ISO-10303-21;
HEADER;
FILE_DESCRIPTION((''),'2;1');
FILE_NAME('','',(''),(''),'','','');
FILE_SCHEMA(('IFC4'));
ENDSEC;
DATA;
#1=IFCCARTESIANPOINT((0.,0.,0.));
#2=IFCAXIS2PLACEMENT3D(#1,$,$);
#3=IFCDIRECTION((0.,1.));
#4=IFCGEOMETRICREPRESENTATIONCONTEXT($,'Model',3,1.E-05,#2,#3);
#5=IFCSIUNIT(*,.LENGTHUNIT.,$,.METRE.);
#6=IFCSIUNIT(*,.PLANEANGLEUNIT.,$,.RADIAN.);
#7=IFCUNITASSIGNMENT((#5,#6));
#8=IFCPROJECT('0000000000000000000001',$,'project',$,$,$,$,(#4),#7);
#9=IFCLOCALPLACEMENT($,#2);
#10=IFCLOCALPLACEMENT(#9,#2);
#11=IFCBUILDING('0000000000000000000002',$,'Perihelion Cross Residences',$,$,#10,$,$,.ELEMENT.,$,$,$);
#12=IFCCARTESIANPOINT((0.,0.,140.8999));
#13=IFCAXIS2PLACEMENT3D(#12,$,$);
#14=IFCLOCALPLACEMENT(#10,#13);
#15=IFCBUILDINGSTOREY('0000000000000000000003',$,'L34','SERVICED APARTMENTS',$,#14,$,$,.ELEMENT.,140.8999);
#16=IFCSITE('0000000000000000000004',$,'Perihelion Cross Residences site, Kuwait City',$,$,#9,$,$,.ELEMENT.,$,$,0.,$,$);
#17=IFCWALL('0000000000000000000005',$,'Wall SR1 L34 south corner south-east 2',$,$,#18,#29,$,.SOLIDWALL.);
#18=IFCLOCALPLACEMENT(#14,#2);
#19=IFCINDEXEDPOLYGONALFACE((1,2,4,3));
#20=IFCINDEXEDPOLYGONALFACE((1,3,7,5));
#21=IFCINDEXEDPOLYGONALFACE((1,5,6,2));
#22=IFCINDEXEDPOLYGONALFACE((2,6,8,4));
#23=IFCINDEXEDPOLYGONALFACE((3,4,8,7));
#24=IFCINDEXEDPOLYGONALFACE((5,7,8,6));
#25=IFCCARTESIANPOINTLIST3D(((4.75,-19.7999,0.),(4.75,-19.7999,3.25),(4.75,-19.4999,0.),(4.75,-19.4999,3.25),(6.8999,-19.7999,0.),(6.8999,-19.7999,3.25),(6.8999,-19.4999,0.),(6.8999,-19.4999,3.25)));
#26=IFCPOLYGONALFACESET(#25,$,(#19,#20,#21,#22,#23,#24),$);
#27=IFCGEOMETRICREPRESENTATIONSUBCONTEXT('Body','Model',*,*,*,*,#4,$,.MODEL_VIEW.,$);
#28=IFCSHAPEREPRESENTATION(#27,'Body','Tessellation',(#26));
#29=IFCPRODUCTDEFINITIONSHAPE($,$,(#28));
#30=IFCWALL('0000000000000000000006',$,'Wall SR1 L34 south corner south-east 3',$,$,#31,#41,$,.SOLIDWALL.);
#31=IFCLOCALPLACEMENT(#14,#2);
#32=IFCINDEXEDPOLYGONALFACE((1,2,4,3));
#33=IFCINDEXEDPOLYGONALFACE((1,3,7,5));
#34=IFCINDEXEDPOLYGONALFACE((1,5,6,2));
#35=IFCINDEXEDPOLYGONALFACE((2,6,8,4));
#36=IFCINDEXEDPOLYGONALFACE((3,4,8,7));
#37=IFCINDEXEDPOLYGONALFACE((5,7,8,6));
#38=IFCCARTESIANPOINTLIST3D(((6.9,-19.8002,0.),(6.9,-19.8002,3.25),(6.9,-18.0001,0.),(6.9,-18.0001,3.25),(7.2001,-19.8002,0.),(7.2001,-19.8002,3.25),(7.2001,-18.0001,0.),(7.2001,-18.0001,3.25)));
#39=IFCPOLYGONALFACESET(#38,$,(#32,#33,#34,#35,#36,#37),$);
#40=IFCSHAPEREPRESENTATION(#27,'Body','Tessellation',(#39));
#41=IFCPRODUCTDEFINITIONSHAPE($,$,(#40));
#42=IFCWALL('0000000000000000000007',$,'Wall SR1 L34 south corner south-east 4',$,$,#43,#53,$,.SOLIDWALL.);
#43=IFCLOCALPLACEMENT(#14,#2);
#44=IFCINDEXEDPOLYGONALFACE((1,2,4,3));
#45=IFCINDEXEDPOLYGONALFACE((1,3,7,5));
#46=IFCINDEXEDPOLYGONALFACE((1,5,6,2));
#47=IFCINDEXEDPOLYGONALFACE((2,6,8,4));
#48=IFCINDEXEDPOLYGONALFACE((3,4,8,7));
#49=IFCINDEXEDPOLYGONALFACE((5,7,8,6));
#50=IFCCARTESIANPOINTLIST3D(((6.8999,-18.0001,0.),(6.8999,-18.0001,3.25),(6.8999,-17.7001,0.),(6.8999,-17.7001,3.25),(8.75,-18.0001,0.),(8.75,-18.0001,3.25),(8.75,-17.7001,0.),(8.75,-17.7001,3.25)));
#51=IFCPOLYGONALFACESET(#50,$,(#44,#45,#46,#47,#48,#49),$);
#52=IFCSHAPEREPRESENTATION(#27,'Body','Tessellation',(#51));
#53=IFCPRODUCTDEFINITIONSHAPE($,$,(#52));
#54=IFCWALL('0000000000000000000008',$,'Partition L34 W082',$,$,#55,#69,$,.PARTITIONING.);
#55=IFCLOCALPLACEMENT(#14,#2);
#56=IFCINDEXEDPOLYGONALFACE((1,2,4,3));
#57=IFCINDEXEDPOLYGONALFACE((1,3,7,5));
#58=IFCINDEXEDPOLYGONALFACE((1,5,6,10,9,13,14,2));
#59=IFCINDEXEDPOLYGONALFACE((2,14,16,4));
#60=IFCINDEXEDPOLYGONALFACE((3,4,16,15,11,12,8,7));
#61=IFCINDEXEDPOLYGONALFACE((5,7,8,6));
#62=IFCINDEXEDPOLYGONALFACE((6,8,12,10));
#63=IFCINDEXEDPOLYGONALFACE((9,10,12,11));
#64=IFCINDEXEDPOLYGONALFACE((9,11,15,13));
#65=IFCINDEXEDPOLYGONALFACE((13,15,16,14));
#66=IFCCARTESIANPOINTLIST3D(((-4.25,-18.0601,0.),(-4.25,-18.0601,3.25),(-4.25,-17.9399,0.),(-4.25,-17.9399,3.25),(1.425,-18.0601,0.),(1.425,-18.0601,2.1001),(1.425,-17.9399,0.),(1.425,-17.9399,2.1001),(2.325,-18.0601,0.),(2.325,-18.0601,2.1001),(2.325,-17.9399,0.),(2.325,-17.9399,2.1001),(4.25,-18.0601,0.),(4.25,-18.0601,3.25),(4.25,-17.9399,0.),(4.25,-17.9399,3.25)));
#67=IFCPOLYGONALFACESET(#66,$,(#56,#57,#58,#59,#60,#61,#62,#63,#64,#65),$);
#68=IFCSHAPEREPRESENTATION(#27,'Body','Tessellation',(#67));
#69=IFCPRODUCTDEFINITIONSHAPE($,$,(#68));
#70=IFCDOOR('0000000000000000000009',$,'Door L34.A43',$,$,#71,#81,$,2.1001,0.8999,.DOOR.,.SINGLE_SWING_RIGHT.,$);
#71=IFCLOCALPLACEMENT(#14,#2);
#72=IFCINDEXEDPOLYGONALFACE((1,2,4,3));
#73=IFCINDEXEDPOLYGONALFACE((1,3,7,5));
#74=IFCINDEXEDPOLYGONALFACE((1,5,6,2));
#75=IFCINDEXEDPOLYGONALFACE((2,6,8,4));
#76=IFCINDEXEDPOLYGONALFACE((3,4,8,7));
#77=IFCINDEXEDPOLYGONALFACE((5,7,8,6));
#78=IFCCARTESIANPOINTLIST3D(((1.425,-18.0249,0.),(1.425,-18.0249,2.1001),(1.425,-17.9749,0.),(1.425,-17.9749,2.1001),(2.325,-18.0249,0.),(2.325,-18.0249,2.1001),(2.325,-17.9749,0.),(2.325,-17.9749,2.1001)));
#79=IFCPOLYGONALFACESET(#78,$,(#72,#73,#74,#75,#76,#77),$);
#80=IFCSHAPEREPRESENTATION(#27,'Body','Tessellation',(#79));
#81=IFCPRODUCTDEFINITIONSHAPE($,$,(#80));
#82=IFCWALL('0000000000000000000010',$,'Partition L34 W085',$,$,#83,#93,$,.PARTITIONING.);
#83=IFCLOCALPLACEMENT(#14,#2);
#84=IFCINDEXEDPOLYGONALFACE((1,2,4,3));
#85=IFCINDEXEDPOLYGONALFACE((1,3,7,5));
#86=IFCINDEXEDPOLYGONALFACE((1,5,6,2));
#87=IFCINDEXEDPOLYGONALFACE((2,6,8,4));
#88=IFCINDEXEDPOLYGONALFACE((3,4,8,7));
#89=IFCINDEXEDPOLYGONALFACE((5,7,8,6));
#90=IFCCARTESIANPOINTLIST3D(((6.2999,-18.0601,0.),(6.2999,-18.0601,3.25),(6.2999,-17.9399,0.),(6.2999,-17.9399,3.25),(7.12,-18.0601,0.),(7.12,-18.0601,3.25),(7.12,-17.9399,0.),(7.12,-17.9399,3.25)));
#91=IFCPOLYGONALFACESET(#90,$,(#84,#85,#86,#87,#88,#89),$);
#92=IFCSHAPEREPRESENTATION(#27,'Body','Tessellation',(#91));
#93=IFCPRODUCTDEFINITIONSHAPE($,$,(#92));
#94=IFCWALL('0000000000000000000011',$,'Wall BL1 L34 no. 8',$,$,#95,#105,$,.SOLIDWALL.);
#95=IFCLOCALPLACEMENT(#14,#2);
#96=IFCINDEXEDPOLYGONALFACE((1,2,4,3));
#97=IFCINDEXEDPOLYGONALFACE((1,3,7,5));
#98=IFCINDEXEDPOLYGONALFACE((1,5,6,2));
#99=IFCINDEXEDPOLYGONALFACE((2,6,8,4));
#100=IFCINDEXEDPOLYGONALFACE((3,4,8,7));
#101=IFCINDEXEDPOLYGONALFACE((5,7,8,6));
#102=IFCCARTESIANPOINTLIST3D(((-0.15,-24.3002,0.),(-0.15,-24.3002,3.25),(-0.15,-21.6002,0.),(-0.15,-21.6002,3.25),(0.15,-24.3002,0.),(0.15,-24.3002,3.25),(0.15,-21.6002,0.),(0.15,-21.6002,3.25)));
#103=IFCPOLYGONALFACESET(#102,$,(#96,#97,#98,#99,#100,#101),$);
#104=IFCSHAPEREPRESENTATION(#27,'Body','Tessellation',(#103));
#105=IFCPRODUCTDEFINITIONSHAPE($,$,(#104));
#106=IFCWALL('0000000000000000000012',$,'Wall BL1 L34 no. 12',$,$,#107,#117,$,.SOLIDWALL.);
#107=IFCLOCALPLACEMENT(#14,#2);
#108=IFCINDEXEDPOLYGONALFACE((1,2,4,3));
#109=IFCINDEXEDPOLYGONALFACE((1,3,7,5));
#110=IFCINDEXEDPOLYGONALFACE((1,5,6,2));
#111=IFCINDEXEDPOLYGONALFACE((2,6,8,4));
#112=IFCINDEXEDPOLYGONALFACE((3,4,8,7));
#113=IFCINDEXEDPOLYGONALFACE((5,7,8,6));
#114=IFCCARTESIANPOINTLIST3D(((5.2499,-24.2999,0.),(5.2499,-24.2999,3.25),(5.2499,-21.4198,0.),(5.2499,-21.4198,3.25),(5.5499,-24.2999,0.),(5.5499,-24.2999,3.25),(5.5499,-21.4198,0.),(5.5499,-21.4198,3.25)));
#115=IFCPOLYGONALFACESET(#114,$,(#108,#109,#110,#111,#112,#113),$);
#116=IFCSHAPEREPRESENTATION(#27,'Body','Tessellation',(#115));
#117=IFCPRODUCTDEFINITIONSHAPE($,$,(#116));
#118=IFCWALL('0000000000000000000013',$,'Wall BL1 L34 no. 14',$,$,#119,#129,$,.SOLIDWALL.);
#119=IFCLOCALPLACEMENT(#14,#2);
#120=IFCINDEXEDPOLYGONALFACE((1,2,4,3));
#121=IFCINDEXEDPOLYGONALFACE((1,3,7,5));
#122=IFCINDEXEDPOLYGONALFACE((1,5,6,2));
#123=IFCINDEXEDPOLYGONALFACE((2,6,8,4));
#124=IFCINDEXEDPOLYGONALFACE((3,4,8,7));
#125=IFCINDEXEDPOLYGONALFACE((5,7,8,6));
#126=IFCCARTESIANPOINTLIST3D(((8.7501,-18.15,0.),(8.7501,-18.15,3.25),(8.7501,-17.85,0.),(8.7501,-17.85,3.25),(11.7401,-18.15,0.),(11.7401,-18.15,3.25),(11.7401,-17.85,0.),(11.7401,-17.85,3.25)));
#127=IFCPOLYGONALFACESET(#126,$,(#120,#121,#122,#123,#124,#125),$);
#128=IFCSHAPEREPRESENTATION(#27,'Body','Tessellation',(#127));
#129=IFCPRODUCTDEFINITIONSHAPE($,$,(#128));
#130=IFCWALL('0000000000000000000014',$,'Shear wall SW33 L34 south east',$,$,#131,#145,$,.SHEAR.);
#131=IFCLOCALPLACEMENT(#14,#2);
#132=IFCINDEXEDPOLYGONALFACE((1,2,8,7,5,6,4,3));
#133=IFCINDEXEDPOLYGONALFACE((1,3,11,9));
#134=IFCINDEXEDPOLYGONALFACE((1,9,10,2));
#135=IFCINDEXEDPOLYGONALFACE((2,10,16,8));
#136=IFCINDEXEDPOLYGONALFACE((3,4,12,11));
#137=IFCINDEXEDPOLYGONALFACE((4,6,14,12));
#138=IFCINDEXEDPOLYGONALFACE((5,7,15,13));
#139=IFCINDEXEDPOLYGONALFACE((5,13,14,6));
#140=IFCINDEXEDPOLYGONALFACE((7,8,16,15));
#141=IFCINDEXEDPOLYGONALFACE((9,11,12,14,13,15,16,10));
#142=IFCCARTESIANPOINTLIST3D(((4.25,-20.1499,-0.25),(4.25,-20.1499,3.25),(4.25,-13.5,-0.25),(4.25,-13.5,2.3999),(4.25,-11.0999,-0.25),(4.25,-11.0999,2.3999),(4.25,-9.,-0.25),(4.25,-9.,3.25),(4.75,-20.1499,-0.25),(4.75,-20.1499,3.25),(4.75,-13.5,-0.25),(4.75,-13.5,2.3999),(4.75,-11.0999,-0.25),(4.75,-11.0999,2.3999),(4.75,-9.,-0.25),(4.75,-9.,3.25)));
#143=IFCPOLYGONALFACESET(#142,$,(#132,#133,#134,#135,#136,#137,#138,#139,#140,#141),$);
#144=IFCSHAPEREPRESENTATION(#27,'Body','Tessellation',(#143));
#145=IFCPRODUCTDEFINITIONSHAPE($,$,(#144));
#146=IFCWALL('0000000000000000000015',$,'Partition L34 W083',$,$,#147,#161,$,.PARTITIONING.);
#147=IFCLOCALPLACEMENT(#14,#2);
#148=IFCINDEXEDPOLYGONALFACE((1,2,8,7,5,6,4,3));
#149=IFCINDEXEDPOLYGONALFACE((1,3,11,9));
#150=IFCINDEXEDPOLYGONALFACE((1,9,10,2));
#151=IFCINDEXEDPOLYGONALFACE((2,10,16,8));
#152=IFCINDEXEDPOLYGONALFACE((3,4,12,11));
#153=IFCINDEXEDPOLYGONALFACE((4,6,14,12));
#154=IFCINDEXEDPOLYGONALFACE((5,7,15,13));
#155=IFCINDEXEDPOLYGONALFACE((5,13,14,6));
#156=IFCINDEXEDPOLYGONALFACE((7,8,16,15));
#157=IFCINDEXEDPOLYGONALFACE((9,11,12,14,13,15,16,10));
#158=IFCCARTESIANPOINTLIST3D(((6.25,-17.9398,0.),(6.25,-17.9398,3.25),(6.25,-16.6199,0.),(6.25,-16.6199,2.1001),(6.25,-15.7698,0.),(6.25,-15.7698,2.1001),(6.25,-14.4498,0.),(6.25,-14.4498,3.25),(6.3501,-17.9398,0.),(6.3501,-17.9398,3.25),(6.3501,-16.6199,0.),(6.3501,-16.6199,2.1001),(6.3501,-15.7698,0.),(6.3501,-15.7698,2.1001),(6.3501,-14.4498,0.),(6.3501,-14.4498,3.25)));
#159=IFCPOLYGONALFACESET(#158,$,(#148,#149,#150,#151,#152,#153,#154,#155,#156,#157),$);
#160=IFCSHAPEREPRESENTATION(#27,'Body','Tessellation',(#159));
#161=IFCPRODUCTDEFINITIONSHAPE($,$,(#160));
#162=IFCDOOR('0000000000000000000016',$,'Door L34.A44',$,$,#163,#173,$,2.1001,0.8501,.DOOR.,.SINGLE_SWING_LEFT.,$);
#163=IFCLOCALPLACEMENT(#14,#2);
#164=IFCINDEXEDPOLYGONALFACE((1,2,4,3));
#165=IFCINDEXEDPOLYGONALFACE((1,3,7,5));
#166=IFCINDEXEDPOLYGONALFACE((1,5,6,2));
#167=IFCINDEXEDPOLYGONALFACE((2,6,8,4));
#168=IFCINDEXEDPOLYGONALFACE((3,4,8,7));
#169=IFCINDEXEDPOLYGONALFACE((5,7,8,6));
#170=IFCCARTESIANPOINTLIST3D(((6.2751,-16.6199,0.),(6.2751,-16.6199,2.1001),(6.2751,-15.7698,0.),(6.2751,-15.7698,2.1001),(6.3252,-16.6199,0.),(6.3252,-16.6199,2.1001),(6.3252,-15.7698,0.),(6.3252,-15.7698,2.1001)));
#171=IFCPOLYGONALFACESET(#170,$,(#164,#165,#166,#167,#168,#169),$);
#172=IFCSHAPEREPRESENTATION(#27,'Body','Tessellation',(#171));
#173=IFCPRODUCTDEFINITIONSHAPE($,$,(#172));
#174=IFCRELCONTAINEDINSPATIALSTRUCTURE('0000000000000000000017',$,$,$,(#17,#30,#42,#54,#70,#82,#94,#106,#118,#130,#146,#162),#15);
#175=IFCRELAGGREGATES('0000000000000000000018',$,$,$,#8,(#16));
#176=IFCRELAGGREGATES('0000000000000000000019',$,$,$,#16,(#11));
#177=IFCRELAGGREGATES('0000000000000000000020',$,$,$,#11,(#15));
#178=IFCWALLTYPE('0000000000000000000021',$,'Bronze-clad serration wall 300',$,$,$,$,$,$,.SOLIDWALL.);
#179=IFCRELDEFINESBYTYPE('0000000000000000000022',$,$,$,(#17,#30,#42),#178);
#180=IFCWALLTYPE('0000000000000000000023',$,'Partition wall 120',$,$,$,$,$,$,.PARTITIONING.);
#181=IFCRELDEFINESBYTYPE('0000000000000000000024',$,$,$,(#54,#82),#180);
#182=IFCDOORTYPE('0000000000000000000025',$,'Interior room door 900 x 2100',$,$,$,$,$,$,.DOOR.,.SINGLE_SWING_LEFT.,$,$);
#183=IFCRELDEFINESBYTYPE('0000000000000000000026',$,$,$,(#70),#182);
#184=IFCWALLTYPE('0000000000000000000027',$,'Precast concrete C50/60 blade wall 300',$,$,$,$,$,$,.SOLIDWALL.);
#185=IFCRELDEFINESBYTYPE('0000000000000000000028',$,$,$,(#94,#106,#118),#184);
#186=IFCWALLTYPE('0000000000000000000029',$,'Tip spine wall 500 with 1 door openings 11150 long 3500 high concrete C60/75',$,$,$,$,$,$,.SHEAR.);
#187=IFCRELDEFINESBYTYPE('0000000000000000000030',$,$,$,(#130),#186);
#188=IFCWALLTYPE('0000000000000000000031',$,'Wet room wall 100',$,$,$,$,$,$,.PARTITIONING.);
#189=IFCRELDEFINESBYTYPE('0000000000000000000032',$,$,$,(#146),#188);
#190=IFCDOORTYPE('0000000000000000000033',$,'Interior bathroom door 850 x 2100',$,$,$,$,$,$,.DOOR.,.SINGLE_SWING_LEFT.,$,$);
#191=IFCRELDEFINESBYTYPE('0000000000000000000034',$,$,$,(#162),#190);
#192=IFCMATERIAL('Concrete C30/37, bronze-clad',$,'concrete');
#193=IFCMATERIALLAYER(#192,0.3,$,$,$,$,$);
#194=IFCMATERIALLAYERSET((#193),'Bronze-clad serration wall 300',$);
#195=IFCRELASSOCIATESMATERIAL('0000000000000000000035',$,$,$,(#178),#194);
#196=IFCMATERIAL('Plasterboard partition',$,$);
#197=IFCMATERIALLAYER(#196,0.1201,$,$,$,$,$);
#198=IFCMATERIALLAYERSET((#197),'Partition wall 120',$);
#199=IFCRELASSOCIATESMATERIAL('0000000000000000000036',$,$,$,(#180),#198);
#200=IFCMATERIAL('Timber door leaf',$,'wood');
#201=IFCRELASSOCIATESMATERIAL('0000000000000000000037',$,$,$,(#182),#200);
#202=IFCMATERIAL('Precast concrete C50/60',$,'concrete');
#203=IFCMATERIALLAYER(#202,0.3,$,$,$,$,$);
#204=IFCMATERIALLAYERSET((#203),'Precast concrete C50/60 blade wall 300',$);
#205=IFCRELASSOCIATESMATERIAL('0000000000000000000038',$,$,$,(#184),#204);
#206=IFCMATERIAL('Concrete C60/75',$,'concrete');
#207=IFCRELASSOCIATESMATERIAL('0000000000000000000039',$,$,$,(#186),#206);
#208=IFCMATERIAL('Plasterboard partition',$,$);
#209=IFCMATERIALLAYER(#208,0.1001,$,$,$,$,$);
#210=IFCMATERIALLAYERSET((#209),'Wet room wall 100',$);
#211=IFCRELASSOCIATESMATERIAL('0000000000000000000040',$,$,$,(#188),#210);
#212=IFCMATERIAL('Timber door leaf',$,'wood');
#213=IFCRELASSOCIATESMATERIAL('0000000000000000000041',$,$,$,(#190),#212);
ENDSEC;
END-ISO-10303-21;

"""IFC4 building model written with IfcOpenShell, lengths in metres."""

from ifc_helpers import new_model, si_unit, direction, frame, frame_2d, origin, place, context, subcontext, project, spatial, polyline, rectangle, outline, extrude, material, layer, layer_set, material_profile, profile_set, type_object, element, fill, save


model = new_model("IFC4")

# Units and contexts
model_context = context("Model", 3, precision=1e-05, world=origin(), true_north=direction((0.0, 1.0)))
body_context = subcontext(model_context, "Body", "Model", "MODEL_VIEW")
ifc_project = project(units=[si_unit("LENGTHUNIT", "METRE"), si_unit("PLANEANGLEUNIT", "RADIAN")], contexts=[model_context])

# Site, building, storey
site_placement = place(None, origin())
site = spatial("IfcSite", under=ifc_project, at=site_placement, Name="Perihelion Cross Residences site, Kuwait City", CompositionType="ELEMENT", RefElevation=0.0)
building_placement = place(site_placement, origin())
building = spatial("IfcBuilding", under=site, at=building_placement, Name="Perihelion Cross Residences", CompositionType="ELEMENT")
storey_placement = place(building_placement, frame((0.0, 0.0, 140.8999)))
storey = spatial("IfcBuildingStorey", under=building, at=storey_placement, Name="L34", Description="SERVICED APARTMENTS", CompositionType="ELEMENT", Elevation=140.8999)

# Walls
ifc_material_1 = material(Name="Concrete C30/37, bronze-clad", Category="concrete")
ifc_layer_1 = layer(ifc_material_1, 0.3)
ifc_layer_set_1 = layer_set([ifc_layer_1], Name="Bronze-clad serration wall 300")
wall_type_1 = type_object("IfcWallType", Name="Bronze-clad serration wall 300", PredefinedType="SOLIDWALL", material=ifc_layer_set_1)
wall_1_placement = place(storey_placement, frame((4.75, -19.6499, 0.0), z_axis=(0.0, 0.0, 1.0), x_axis=(1.0, 0.0, 0.0)))
element("IfcWall", 1, at=wall_1_placement, inside=storey, type_object=wall_type_1, Name="Wall SR1 L34 south corner south-east 2", PredefinedType="SOLIDWALL", context=body_context, shape_type="SweptSolid", body=[
    extrude(rectangle(XDim=2.1499, YDim=0.3, at=frame_2d((1.075, 0.0))), origin(), (0.0, 0.0, 1.0), 3.25),
])
wall_2_placement = place(storey_placement, frame((7.05, -19.8, 0.0), z_axis=(0.0, 0.0, 1.0), x_axis=(0.0, 1.0, 0.0)))
element("IfcWall", 2, at=wall_2_placement, inside=storey, type_object=wall_type_1, Name="Wall SR1 L34 south corner south-east 3", PredefinedType="SOLIDWALL", context=body_context, shape_type="SweptSolid", body=[
    extrude(rectangle(XDim=1.8, YDim=0.3, at=frame_2d((0.8999, 0.0))), origin(), (0.0, 0.0, 1.0), 3.25),
])
wall_3_placement = place(storey_placement, frame((6.8999, -17.8501, 0.0), z_axis=(0.0, 0.0, 1.0), x_axis=(1.0, 0.0, 0.0)))
element("IfcWall", 3, at=wall_3_placement, inside=storey, type_object=wall_type_1, Name="Wall SR1 L34 south corner south-east 4", PredefinedType="SOLIDWALL", context=body_context, shape_type="SweptSolid", body=[
    extrude(rectangle(XDim=1.8501, YDim=0.3, at=frame_2d((0.925, 0.0))), origin(), (0.0, 0.0, 1.0), 3.25),
])

# Wall, opening, door
ifc_material_2 = material(Name="Plasterboard partition")
ifc_layer_2 = layer(ifc_material_2, 0.1201)
ifc_layer_set_2 = layer_set([ifc_layer_2], Name="Partition wall 120")
wall_type_2 = type_object("IfcWallType", Name="Partition wall 120", PredefinedType="PARTITIONING", material=ifc_layer_set_2)
wall_4_placement = place(storey_placement, frame((4.25, -18.0, 0.0), z_axis=(0.0, 0.0, 1.0), x_axis=(-1.0, 0.0, 0.0)))
wall_4 = element("IfcWall", 4, at=wall_4_placement, inside=storey, type_object=wall_type_2, Name="Partition L34 W082", PredefinedType="PARTITIONING", context=body_context, shape_type="SweptSolid", body=[
    extrude(rectangle(XDim=8.5, YDim=0.1201, at=frame_2d((4.25, 0.0))), origin(), (0.0, 0.0, 1.0), 3.25),
])
opening_1_placement = place(wall_4_placement, frame((1.925, 0.0, 0.0)))
opening_1 = element("IfcOpeningElement", 5, at=opening_1_placement, cuts=wall_4, PredefinedType="OPENING", context=body_context, shape_type="SweptSolid", body=[
    extrude(rectangle(XDim=0.8999, YDim=2.1001, at=frame_2d((0.45, 1.05))), frame((0.0, 0.0701, 0.0), z_axis=(0.0, -1.0, 0.0), x_axis=(1.0, 0.0, 0.0)), (0.0, 0.0, 1.0), 0.1401),
])
ifc_material_3 = material(Name="Timber door leaf", Category="wood")
door_type_1 = type_object("IfcDoorType", Name="Interior room door 900 x 2100", OperationType="SINGLE_SWING_LEFT", PredefinedType="DOOR", material=ifc_material_3)
door_1_placement = place(opening_1_placement, origin())
door_1 = element("IfcDoor", 6, at=door_1_placement, inside=storey, type_object=door_type_1, Name="Door L34.A43", OperationType="SINGLE_SWING_RIGHT", OverallHeight=2.1001, OverallWidth=0.8999, PredefinedType="DOOR", context=body_context, shape_type="SweptSolid", body=[
    extrude(rectangle(XDim=0.8999, YDim=2.1001, at=frame_2d((0.45, 1.05))), frame((0.0, 0.0249, 0.0), z_axis=(0.0, -1.0, 0.0), x_axis=(1.0, 0.0, 0.0)), (0.0, 0.0, 1.0), 0.05),
])
fill(opening_1, door_1)

# Walls
wall_5_placement = place(storey_placement, frame((7.1201, -18.0, 0.0), z_axis=(0.0, 0.0, 1.0), x_axis=(-1.0, 0.0, 0.0)))
element("IfcWall", 7, at=wall_5_placement, inside=storey, type_object=wall_type_2, Name="Partition L34 W085", PredefinedType="PARTITIONING", context=body_context, shape_type="SweptSolid", body=[
    extrude(rectangle(XDim=0.8201, YDim=0.1201, at=frame_2d((0.4102, 0.0))), origin(), (0.0, 0.0, 1.0), 3.25),
])
ifc_material_4 = material(Name="Precast concrete C50/60", Category="concrete")
ifc_layer_3 = layer(ifc_material_4, 0.3)
ifc_layer_set_3 = layer_set([ifc_layer_3], Name="Precast concrete C50/60 blade wall 300")
wall_type_3 = type_object("IfcWallType", Name="Precast concrete C50/60 blade wall 300", PredefinedType="SOLIDWALL", material=ifc_layer_set_3)
wall_6_placement = place(storey_placement, frame((0.0, -21.6001, 0.0), z_axis=(0.0, 0.0, 1.0), x_axis=(0.0, -1.0, 0.0)))
element("IfcWall", 8, at=wall_6_placement, inside=storey, type_object=wall_type_3, Name="Wall BL1 L34 no. 8", PredefinedType="SOLIDWALL", context=body_context, shape_type="SweptSolid", body=[
    extrude(rectangle(XDim=2.7, YDim=0.3, at=frame_2d((1.3501, 0.0))), origin(), (0.0, 0.0, 1.0), 3.25),
])
wall_7_placement = place(storey_placement, frame((5.3999, -21.4199, 0.0), z_axis=(0.0, 0.0, 1.0), x_axis=(0.0, -1.0, 0.0)))
element("IfcWall", 9, at=wall_7_placement, inside=storey, type_object=wall_type_3, Name="Wall BL1 L34 no. 12", PredefinedType="SOLIDWALL", context=body_context, shape_type="SweptSolid", body=[
    extrude(rectangle(XDim=2.8801, YDim=0.3, at=frame_2d((1.4399, 0.0))), origin(), (0.0, 0.0, 1.0), 3.25),
])
wall_8_placement = place(storey_placement, frame((8.75, -18.0, 0.0), z_axis=(0.0, 0.0, 1.0), x_axis=(1.0, 0.0, 0.0)))
element("IfcWall", 10, at=wall_8_placement, inside=storey, type_object=wall_type_3, Name="Wall BL1 L34 no. 14", PredefinedType="SOLIDWALL", context=body_context, shape_type="SweptSolid", body=[
    extrude(rectangle(XDim=2.99, YDim=0.3, at=frame_2d((1.4951, 0.0))), origin(), (0.0, 0.0, 1.0), 3.25),
])
ifc_material_5 = material(Name="Concrete C60/75", Category="concrete")
ifc_material_profile_1 = material_profile(ifc_material_5, outline(polyline([(0.0, 0.0), (6.6499, 0.0), (6.6499, 2.6499), (9.05, 2.6499), (9.05, 0.0), (11.1499, 0.0), (11.1499, 3.5), (0.0, 3.5), (0.0, 0.0)])), Name="Tip spine wall")
ifc_profile_set_1 = profile_set([ifc_material_profile_1], Name="Concrete C60/75")
wall_type_4 = type_object("IfcWallType", Name="Tip spine wall 500 with 1 door openings 11150 long 3500 high concrete C60/75", PredefinedType="SHEAR", material=ifc_profile_set_1)
wall_9_placement = place(storey_placement, frame((4.25, -20.1499, -0.25), z_axis=(1.0, 0.0, 0.0), x_axis=(0.0, 1.0, 0.0)))
element("IfcWall", 11, at=wall_9_placement, inside=storey, type_object=wall_type_4, Name="Shear wall SW33 L34 south east", PredefinedType="SHEAR", context=body_context, shape_type="SweptSolid", body=[
    extrude(outline(polyline([(0.0, 0.0), (6.6499, 0.0), (6.6499, 2.6499), (9.05, 2.6499), (9.05, 0.0), (11.1499, 0.0), (11.1499, 3.5), (0.0, 3.5), (0.0, 0.0)])), origin(), (0.0, 0.0, 1.0), 0.5),
])

# Wall, opening, door
ifc_material_6 = material(Name="Plasterboard partition")
ifc_layer_4 = layer(ifc_material_6, 0.1001)
ifc_layer_set_4 = layer_set([ifc_layer_4], Name="Wet room wall 100")
wall_type_5 = type_object("IfcWallType", Name="Wet room wall 100", PredefinedType="PARTITIONING", material=ifc_layer_set_4)
wall_10_placement = place(storey_placement, frame((6.3, -17.9399, 0.0), z_axis=(0.0, 0.0, 1.0), x_axis=(0.0, 1.0, 0.0)))
wall_10 = element("IfcWall", 12, at=wall_10_placement, inside=storey, type_object=wall_type_5, Name="Partition L34 W083", PredefinedType="PARTITIONING", context=body_context, shape_type="SweptSolid", body=[
    extrude(rectangle(XDim=3.49, YDim=0.1001, at=frame_2d((1.7451, 0.0))), origin(), (0.0, 0.0, 1.0), 3.25),
])
opening_2_placement = place(wall_10_placement, frame((1.3201, 0.0, 0.0)))
opening_2 = element("IfcOpeningElement", 13, at=opening_2_placement, cuts=wall_10, PredefinedType="OPENING", context=body_context, shape_type="SweptSolid", body=[
    extrude(rectangle(XDim=0.8501, YDim=2.1001, at=frame_2d((0.425, 1.05))), frame((0.0, 0.0601, 0.0), z_axis=(0.0, -1.0, 0.0), x_axis=(1.0, 0.0, 0.0)), (0.0, 0.0, 1.0), 0.1201),
])
ifc_material_7 = material(Name="Timber door leaf", Category="wood")
door_type_2 = type_object("IfcDoorType", Name="Interior bathroom door 850 x 2100", OperationType="SINGLE_SWING_LEFT", PredefinedType="DOOR", material=ifc_material_7)
door_2_placement = place(opening_2_placement, origin())
door_2 = element("IfcDoor", 14, at=door_2_placement, inside=storey, type_object=door_type_2, Name="Door L34.A44", OperationType="SINGLE_SWING_LEFT", OverallHeight=2.1001, OverallWidth=0.8501, PredefinedType="DOOR", context=body_context, shape_type="SweptSolid", body=[
    extrude(rectangle(XDim=0.8501, YDim=2.1001, at=frame_2d((0.425, 1.05))), frame((0.0, 0.0249, 0.0), z_axis=(0.0, -1.0, 0.0), x_axis=(1.0, 0.0, 0.0)), (0.0, 0.0, 1.0), 0.05),
])
fill(opening_2, door_2)

save(model, "model.ifc")
